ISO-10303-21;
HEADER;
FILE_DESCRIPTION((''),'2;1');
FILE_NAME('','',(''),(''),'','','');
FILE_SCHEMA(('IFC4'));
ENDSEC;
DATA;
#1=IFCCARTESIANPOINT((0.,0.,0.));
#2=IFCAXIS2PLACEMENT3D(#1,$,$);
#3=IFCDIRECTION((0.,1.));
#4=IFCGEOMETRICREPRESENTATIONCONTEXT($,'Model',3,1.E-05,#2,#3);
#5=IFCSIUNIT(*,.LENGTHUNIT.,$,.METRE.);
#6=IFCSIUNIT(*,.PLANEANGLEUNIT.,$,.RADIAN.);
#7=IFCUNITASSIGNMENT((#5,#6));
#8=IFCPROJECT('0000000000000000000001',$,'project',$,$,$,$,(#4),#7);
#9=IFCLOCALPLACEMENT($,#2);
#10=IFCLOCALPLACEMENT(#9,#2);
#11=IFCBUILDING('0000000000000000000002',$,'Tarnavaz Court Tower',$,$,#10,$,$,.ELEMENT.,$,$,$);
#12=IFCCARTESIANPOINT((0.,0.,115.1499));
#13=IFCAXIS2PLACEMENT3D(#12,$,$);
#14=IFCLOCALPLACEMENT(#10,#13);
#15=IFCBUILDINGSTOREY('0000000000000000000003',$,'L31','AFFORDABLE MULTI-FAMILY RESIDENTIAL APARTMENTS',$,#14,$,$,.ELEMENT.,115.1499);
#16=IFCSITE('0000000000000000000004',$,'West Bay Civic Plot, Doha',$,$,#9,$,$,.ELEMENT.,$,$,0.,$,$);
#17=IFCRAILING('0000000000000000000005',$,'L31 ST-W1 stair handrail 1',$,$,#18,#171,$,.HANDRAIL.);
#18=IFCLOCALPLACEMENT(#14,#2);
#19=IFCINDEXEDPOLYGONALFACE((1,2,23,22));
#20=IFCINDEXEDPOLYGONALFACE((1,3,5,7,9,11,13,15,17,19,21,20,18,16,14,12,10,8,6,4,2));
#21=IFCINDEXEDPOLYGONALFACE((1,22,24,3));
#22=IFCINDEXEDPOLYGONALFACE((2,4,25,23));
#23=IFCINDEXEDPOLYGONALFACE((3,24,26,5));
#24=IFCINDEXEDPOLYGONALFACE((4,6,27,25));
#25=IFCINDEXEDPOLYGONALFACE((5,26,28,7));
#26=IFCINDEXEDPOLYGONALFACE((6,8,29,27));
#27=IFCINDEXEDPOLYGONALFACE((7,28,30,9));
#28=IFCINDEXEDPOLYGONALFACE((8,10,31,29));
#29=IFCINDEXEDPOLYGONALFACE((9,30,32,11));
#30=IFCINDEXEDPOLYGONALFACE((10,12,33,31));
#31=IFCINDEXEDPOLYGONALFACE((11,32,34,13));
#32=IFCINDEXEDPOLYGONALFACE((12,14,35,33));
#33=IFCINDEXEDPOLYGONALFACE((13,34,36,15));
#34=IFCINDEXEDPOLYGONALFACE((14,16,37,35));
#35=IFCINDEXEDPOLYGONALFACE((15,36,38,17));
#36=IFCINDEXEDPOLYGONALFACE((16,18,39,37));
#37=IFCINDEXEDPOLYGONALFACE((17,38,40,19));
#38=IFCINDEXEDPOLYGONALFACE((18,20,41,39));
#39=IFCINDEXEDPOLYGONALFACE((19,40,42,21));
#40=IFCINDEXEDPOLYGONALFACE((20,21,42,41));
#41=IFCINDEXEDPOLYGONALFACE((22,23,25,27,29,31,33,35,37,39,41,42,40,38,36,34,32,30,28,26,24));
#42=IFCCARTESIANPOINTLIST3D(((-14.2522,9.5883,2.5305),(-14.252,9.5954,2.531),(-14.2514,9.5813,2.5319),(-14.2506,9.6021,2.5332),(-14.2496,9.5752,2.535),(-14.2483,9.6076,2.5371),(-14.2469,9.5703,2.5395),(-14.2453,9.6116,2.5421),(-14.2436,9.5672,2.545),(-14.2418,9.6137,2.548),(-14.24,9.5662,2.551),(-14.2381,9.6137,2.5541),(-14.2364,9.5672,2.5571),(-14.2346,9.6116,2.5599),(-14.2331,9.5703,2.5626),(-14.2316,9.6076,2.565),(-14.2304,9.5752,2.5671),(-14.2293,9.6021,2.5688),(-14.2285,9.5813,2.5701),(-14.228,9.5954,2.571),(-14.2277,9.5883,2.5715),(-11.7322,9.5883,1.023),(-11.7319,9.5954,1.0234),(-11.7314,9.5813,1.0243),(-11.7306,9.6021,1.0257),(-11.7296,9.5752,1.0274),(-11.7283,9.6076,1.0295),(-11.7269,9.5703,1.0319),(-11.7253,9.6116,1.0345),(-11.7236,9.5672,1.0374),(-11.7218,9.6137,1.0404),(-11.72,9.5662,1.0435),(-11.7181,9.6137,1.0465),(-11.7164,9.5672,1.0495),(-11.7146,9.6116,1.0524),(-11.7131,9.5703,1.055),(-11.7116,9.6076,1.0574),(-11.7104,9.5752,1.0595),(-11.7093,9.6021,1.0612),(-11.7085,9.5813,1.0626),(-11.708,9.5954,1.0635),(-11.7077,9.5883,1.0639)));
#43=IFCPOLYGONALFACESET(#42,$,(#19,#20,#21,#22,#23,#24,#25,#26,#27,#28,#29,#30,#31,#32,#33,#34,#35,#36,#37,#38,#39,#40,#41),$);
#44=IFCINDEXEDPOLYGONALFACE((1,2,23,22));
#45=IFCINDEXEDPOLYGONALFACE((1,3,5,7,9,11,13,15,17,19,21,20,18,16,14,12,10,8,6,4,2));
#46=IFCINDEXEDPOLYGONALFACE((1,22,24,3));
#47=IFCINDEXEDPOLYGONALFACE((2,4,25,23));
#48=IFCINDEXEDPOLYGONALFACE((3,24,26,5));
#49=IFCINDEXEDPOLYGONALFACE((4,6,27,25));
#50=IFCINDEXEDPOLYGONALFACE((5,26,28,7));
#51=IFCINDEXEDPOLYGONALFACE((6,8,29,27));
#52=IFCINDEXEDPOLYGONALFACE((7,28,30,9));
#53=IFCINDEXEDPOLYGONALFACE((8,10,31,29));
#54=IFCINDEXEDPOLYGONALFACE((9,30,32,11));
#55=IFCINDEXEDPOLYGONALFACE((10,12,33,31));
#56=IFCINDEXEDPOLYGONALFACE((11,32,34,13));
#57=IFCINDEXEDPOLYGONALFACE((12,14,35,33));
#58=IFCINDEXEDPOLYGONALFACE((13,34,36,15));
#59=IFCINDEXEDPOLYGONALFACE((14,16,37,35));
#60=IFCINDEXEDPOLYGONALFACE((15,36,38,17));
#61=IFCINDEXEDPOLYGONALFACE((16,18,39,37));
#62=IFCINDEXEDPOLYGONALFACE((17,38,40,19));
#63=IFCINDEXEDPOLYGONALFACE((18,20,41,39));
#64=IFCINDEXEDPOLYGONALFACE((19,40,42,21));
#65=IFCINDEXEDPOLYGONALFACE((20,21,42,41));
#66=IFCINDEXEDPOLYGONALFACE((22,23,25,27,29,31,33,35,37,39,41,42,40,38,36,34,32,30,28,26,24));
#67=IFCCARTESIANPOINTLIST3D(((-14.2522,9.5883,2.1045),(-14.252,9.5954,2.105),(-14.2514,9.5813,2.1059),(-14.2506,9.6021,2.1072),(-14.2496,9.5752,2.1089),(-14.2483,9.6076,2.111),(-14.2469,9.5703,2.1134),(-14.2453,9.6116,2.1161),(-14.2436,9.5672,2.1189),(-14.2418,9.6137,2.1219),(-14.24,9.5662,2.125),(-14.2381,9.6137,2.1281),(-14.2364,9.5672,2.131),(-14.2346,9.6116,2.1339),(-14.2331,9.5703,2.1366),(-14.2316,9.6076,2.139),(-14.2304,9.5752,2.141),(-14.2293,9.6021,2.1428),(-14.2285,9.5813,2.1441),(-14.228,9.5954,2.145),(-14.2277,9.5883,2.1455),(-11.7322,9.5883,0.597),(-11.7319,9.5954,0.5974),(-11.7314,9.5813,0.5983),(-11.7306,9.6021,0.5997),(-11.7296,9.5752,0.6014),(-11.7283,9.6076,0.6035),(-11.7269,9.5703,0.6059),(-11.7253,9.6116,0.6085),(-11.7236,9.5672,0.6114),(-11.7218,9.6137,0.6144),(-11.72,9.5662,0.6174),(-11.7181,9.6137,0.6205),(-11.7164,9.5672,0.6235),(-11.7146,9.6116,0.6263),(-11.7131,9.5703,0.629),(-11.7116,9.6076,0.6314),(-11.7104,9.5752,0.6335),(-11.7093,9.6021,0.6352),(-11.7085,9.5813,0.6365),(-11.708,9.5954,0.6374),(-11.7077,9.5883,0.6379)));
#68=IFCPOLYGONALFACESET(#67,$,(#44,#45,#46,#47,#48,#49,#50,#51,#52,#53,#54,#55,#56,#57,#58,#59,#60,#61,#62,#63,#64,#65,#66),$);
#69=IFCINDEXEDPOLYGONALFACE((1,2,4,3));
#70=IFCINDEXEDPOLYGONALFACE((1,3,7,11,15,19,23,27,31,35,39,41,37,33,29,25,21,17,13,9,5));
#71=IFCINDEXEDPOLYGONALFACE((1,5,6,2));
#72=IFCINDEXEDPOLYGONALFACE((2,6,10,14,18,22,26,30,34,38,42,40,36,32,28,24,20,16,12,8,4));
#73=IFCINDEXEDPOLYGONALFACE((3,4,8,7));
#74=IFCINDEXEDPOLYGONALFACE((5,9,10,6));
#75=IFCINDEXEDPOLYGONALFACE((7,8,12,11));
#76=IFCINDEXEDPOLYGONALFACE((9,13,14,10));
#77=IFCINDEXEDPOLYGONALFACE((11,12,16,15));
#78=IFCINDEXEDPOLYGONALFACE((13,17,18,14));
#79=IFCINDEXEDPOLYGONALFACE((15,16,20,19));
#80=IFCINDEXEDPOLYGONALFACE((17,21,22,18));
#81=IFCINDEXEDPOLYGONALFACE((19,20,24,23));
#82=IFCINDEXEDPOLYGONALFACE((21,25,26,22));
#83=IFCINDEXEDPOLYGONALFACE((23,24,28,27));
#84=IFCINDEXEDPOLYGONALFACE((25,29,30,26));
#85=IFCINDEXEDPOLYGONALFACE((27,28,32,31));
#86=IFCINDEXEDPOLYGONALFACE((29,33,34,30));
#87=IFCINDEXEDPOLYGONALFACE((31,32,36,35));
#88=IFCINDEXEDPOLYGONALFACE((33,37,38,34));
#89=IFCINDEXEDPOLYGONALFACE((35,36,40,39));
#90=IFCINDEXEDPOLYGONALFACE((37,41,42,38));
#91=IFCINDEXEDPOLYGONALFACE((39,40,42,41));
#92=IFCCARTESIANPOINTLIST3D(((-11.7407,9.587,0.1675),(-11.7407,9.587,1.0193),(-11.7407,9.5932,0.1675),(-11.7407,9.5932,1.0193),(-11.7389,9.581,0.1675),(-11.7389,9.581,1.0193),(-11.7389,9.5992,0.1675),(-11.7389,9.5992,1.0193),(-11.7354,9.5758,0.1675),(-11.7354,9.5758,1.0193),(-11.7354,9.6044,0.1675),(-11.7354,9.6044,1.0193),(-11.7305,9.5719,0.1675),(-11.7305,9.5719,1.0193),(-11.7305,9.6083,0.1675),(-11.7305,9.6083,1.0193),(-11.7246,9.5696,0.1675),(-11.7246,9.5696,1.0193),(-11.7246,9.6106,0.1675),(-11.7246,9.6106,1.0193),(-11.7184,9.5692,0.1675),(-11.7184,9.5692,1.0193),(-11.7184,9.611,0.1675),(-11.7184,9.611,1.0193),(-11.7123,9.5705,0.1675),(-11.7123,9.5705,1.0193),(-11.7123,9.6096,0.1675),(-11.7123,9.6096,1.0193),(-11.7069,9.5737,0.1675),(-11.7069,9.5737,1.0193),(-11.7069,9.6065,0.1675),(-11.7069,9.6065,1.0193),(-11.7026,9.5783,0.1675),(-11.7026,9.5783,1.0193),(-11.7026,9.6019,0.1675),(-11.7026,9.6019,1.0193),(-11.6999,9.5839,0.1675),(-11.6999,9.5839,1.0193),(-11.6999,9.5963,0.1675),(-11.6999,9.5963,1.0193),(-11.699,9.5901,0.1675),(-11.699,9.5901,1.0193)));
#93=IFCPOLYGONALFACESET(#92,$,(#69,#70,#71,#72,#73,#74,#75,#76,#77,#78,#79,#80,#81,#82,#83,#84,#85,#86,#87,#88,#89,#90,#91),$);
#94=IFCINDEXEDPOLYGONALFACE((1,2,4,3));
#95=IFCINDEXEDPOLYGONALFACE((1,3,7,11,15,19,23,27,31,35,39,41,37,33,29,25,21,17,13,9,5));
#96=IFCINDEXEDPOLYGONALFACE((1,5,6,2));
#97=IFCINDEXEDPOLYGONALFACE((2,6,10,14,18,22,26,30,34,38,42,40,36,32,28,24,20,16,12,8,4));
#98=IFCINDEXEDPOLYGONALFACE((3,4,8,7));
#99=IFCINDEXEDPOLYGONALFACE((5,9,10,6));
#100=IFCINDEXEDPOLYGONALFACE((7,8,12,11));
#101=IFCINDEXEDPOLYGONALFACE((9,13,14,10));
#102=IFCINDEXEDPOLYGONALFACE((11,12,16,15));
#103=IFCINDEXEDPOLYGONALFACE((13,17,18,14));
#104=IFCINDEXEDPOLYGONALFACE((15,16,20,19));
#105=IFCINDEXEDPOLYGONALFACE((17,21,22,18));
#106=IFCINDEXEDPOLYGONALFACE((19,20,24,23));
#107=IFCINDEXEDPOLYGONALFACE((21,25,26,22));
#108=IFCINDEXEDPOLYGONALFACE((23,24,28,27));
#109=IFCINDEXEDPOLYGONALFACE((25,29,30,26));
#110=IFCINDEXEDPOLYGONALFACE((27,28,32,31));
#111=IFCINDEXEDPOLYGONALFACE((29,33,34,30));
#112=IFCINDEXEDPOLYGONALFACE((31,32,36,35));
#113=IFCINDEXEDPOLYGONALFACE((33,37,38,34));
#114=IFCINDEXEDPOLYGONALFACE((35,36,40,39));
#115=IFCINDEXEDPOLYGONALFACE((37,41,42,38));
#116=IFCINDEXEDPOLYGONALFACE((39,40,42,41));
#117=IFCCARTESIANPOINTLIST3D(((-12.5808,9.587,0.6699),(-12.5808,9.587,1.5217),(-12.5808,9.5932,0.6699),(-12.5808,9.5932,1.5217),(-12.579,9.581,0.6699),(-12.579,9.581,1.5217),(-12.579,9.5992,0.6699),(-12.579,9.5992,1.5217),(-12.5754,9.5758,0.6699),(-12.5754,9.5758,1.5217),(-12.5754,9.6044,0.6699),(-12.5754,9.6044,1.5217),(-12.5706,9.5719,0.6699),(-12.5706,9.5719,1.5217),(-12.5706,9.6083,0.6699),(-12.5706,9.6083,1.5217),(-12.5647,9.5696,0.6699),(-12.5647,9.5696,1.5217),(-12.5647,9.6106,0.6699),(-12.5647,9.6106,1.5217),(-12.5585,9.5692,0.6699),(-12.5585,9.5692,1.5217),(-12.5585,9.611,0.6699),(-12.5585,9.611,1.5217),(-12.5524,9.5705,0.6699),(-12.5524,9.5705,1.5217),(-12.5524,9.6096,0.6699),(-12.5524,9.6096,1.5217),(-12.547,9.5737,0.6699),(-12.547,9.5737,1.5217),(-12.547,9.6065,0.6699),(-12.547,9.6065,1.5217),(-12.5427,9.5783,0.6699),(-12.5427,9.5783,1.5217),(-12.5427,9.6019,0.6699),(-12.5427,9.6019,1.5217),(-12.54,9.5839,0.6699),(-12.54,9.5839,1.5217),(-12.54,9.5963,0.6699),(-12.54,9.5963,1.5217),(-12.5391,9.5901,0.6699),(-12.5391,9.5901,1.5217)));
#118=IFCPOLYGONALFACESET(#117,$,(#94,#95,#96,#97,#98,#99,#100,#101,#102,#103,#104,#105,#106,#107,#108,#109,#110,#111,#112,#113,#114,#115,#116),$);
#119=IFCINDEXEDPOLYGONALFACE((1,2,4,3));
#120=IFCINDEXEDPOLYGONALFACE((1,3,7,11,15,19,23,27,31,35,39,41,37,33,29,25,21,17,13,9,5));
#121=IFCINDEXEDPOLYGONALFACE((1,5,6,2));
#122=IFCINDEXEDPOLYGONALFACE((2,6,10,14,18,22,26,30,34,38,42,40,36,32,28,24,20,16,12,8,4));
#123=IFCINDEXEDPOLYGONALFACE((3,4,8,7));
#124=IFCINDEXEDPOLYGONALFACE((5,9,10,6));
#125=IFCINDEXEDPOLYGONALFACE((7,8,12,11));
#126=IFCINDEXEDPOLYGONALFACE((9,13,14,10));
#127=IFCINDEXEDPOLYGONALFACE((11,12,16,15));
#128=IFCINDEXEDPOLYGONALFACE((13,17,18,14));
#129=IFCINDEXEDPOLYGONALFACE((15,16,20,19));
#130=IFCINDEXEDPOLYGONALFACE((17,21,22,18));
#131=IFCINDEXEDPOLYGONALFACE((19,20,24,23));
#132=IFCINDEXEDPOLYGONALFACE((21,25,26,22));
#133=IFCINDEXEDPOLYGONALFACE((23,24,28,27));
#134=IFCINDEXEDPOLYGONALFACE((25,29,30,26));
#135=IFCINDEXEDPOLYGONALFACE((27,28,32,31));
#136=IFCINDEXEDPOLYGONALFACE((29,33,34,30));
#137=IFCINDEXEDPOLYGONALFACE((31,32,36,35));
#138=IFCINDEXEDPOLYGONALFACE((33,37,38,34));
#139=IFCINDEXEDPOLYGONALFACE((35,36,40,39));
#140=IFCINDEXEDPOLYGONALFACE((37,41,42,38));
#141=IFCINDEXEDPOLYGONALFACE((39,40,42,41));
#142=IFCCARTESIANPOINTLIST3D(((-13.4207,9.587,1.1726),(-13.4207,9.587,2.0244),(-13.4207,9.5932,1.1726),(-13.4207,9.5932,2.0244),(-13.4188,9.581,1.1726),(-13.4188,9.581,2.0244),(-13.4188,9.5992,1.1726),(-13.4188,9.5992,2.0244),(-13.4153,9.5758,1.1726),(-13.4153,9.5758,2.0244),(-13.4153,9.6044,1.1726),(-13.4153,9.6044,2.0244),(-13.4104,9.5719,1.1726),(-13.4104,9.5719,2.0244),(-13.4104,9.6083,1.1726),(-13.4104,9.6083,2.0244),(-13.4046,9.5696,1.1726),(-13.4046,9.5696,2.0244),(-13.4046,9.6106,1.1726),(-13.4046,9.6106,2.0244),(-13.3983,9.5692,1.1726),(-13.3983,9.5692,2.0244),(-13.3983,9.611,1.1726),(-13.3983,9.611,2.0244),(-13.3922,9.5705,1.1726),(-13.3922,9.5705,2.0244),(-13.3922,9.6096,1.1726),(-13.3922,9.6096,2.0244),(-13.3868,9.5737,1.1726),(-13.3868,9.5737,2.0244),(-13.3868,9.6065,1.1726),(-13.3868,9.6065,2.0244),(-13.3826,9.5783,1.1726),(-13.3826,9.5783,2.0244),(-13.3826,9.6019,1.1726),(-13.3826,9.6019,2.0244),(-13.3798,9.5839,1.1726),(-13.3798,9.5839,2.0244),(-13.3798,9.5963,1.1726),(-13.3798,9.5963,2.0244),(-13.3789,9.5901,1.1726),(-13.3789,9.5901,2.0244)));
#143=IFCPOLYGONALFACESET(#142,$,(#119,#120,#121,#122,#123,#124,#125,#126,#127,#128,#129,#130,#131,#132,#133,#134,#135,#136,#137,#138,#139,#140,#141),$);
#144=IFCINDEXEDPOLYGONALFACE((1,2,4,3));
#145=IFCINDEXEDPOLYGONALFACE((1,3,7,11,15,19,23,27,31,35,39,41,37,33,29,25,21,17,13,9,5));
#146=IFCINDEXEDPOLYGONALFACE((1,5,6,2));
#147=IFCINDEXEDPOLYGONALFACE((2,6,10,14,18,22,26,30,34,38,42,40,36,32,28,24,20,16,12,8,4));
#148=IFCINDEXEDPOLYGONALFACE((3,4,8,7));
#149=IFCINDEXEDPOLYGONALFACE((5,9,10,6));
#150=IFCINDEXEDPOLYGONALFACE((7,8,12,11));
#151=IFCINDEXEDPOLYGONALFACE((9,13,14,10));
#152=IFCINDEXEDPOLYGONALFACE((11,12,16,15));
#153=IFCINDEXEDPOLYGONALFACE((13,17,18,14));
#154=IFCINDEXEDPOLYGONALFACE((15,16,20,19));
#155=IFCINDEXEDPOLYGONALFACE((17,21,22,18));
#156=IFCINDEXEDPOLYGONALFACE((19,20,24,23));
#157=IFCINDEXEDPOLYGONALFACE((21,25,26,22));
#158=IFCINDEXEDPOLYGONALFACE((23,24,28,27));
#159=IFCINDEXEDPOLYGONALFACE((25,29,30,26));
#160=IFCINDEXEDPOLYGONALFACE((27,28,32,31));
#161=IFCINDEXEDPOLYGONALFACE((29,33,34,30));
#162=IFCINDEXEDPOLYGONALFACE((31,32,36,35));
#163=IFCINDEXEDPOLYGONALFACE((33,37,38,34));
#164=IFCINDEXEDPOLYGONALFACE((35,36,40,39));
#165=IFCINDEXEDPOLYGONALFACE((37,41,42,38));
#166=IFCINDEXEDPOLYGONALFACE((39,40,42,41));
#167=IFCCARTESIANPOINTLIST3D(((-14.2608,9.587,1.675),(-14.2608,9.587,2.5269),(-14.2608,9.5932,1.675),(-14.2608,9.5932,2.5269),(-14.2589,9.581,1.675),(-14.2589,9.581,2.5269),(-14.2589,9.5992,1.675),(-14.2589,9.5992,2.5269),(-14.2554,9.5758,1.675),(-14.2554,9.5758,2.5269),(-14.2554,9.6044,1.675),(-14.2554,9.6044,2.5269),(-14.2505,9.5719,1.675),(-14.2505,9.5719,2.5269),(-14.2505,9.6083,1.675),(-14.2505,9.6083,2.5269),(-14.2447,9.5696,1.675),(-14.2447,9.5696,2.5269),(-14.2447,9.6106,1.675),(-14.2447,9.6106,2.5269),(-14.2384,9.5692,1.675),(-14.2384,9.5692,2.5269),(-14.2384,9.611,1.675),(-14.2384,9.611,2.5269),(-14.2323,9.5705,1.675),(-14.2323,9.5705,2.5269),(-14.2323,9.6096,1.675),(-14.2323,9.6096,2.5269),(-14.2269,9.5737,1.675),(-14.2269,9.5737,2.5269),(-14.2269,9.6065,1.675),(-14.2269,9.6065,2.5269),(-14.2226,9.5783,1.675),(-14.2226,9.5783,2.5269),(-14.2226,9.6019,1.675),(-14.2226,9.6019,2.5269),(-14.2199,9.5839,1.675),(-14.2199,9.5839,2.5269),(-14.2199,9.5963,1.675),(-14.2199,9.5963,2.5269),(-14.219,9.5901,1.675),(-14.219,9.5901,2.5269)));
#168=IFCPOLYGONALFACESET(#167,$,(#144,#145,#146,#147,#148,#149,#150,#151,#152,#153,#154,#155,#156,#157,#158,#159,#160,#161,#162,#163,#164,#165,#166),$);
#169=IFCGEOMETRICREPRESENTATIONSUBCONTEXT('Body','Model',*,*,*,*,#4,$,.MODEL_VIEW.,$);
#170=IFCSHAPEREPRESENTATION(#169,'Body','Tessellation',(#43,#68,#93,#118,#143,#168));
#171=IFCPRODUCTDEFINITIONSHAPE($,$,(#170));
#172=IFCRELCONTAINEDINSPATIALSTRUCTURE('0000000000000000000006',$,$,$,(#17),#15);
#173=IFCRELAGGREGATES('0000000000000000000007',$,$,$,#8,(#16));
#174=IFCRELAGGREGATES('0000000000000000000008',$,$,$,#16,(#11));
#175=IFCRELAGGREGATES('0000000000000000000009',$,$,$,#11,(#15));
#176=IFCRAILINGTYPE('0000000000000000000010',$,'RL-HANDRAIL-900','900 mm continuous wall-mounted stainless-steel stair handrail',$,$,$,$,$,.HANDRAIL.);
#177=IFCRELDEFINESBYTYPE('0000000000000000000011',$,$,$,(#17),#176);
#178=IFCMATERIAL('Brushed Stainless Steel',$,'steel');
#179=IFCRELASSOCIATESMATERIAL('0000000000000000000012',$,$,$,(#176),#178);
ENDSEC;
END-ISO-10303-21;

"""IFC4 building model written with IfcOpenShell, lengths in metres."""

from ifc_helpers import new_model, si_unit, direction, frame, origin, origin_2d, place, context, subcontext, project, spatial, circle, extrude, material, type_object, element, save


model = new_model("IFC4")

# Units and contexts
model_context = context("Model", 3, precision=1e-05, world=origin(), true_north=direction((0.0, 1.0)))
body_context = subcontext(model_context, "Body", "Model", "MODEL_VIEW")
ifc_project = project(units=[si_unit("LENGTHUNIT", "METRE"), si_unit("PLANEANGLEUNIT", "RADIAN")], contexts=[model_context])

# Site, building, storey
site_placement = place(None, origin())
site = spatial("IfcSite", under=ifc_project, at=site_placement, Name="West Bay Civic Plot, Doha", CompositionType="ELEMENT", RefElevation=0.0)
building_placement = place(site_placement, origin())
building = spatial("IfcBuilding", under=site, at=building_placement, Name="Tarnavaz Court Tower", CompositionType="ELEMENT")
storey_placement = place(building_placement, frame((0.0, 0.0, 115.1499)))
storey = spatial("IfcBuildingStorey", under=building, at=storey_placement, Name="L31", Description="AFFORDABLE MULTI-FAMILY RESIDENTIAL APARTMENTS", CompositionType="ELEMENT", Elevation=115.1499)

# Railing
ifc_material_1 = material(Name="Brushed Stainless Steel", Category="steel")
railing_type_1 = type_object("IfcRailingType", Name="RL-HANDRAIL-900", Description="900 mm continuous wall-mounted stainless-steel stair handrail", PredefinedType="HANDRAIL", material=ifc_material_1)
railing_1_placement = place(storey_placement, frame((-11.72, 9.5901, 0.1675)))
element("IfcRailing", 1, at=railing_1_placement, inside=storey, type_object=railing_type_1, Name="L31 ST-W1 stair handrail 1", PredefinedType="HANDRAIL", context=body_context, shape_type="SweptSolid", body=[
    extrude(circle(Radius=0.0239, at=origin_2d()), frame((0.0, 0.0, 0.876), z_axis=(-0.85816, 0.0, 0.513383), x_axis=(0.0, -1.0, 0.0)), (0.0, 0.0, 1.0), 2.9365),
    extrude(circle(Radius=0.0239, at=origin_2d()), frame((0.0, 0.0, 0.45), z_axis=(-0.85816, 0.0, 0.513383), x_axis=(0.0, -1.0, 0.0)), (0.0, 0.0, 1.0), 2.9365),
    extrude(circle(Radius=0.021, at=origin_2d()), origin(), (0.0, 0.0, 1.0), 0.8518),
    extrude(circle(Radius=0.021, at=origin_2d()), frame((-0.8401, 0.0, 0.5024)), (0.0, 0.0, 1.0), 0.8518),
    extrude(circle(Radius=0.021, at=origin_2d()), frame((-1.6799, 0.0, 1.0051)), (0.0, 0.0, 1.0), 0.8518),
    extrude(circle(Radius=0.021, at=origin_2d()), frame((-2.52, 0.0, 1.5076)), (0.0, 0.0, 1.0), 0.8518),
])

save(model, "model.ifc")
